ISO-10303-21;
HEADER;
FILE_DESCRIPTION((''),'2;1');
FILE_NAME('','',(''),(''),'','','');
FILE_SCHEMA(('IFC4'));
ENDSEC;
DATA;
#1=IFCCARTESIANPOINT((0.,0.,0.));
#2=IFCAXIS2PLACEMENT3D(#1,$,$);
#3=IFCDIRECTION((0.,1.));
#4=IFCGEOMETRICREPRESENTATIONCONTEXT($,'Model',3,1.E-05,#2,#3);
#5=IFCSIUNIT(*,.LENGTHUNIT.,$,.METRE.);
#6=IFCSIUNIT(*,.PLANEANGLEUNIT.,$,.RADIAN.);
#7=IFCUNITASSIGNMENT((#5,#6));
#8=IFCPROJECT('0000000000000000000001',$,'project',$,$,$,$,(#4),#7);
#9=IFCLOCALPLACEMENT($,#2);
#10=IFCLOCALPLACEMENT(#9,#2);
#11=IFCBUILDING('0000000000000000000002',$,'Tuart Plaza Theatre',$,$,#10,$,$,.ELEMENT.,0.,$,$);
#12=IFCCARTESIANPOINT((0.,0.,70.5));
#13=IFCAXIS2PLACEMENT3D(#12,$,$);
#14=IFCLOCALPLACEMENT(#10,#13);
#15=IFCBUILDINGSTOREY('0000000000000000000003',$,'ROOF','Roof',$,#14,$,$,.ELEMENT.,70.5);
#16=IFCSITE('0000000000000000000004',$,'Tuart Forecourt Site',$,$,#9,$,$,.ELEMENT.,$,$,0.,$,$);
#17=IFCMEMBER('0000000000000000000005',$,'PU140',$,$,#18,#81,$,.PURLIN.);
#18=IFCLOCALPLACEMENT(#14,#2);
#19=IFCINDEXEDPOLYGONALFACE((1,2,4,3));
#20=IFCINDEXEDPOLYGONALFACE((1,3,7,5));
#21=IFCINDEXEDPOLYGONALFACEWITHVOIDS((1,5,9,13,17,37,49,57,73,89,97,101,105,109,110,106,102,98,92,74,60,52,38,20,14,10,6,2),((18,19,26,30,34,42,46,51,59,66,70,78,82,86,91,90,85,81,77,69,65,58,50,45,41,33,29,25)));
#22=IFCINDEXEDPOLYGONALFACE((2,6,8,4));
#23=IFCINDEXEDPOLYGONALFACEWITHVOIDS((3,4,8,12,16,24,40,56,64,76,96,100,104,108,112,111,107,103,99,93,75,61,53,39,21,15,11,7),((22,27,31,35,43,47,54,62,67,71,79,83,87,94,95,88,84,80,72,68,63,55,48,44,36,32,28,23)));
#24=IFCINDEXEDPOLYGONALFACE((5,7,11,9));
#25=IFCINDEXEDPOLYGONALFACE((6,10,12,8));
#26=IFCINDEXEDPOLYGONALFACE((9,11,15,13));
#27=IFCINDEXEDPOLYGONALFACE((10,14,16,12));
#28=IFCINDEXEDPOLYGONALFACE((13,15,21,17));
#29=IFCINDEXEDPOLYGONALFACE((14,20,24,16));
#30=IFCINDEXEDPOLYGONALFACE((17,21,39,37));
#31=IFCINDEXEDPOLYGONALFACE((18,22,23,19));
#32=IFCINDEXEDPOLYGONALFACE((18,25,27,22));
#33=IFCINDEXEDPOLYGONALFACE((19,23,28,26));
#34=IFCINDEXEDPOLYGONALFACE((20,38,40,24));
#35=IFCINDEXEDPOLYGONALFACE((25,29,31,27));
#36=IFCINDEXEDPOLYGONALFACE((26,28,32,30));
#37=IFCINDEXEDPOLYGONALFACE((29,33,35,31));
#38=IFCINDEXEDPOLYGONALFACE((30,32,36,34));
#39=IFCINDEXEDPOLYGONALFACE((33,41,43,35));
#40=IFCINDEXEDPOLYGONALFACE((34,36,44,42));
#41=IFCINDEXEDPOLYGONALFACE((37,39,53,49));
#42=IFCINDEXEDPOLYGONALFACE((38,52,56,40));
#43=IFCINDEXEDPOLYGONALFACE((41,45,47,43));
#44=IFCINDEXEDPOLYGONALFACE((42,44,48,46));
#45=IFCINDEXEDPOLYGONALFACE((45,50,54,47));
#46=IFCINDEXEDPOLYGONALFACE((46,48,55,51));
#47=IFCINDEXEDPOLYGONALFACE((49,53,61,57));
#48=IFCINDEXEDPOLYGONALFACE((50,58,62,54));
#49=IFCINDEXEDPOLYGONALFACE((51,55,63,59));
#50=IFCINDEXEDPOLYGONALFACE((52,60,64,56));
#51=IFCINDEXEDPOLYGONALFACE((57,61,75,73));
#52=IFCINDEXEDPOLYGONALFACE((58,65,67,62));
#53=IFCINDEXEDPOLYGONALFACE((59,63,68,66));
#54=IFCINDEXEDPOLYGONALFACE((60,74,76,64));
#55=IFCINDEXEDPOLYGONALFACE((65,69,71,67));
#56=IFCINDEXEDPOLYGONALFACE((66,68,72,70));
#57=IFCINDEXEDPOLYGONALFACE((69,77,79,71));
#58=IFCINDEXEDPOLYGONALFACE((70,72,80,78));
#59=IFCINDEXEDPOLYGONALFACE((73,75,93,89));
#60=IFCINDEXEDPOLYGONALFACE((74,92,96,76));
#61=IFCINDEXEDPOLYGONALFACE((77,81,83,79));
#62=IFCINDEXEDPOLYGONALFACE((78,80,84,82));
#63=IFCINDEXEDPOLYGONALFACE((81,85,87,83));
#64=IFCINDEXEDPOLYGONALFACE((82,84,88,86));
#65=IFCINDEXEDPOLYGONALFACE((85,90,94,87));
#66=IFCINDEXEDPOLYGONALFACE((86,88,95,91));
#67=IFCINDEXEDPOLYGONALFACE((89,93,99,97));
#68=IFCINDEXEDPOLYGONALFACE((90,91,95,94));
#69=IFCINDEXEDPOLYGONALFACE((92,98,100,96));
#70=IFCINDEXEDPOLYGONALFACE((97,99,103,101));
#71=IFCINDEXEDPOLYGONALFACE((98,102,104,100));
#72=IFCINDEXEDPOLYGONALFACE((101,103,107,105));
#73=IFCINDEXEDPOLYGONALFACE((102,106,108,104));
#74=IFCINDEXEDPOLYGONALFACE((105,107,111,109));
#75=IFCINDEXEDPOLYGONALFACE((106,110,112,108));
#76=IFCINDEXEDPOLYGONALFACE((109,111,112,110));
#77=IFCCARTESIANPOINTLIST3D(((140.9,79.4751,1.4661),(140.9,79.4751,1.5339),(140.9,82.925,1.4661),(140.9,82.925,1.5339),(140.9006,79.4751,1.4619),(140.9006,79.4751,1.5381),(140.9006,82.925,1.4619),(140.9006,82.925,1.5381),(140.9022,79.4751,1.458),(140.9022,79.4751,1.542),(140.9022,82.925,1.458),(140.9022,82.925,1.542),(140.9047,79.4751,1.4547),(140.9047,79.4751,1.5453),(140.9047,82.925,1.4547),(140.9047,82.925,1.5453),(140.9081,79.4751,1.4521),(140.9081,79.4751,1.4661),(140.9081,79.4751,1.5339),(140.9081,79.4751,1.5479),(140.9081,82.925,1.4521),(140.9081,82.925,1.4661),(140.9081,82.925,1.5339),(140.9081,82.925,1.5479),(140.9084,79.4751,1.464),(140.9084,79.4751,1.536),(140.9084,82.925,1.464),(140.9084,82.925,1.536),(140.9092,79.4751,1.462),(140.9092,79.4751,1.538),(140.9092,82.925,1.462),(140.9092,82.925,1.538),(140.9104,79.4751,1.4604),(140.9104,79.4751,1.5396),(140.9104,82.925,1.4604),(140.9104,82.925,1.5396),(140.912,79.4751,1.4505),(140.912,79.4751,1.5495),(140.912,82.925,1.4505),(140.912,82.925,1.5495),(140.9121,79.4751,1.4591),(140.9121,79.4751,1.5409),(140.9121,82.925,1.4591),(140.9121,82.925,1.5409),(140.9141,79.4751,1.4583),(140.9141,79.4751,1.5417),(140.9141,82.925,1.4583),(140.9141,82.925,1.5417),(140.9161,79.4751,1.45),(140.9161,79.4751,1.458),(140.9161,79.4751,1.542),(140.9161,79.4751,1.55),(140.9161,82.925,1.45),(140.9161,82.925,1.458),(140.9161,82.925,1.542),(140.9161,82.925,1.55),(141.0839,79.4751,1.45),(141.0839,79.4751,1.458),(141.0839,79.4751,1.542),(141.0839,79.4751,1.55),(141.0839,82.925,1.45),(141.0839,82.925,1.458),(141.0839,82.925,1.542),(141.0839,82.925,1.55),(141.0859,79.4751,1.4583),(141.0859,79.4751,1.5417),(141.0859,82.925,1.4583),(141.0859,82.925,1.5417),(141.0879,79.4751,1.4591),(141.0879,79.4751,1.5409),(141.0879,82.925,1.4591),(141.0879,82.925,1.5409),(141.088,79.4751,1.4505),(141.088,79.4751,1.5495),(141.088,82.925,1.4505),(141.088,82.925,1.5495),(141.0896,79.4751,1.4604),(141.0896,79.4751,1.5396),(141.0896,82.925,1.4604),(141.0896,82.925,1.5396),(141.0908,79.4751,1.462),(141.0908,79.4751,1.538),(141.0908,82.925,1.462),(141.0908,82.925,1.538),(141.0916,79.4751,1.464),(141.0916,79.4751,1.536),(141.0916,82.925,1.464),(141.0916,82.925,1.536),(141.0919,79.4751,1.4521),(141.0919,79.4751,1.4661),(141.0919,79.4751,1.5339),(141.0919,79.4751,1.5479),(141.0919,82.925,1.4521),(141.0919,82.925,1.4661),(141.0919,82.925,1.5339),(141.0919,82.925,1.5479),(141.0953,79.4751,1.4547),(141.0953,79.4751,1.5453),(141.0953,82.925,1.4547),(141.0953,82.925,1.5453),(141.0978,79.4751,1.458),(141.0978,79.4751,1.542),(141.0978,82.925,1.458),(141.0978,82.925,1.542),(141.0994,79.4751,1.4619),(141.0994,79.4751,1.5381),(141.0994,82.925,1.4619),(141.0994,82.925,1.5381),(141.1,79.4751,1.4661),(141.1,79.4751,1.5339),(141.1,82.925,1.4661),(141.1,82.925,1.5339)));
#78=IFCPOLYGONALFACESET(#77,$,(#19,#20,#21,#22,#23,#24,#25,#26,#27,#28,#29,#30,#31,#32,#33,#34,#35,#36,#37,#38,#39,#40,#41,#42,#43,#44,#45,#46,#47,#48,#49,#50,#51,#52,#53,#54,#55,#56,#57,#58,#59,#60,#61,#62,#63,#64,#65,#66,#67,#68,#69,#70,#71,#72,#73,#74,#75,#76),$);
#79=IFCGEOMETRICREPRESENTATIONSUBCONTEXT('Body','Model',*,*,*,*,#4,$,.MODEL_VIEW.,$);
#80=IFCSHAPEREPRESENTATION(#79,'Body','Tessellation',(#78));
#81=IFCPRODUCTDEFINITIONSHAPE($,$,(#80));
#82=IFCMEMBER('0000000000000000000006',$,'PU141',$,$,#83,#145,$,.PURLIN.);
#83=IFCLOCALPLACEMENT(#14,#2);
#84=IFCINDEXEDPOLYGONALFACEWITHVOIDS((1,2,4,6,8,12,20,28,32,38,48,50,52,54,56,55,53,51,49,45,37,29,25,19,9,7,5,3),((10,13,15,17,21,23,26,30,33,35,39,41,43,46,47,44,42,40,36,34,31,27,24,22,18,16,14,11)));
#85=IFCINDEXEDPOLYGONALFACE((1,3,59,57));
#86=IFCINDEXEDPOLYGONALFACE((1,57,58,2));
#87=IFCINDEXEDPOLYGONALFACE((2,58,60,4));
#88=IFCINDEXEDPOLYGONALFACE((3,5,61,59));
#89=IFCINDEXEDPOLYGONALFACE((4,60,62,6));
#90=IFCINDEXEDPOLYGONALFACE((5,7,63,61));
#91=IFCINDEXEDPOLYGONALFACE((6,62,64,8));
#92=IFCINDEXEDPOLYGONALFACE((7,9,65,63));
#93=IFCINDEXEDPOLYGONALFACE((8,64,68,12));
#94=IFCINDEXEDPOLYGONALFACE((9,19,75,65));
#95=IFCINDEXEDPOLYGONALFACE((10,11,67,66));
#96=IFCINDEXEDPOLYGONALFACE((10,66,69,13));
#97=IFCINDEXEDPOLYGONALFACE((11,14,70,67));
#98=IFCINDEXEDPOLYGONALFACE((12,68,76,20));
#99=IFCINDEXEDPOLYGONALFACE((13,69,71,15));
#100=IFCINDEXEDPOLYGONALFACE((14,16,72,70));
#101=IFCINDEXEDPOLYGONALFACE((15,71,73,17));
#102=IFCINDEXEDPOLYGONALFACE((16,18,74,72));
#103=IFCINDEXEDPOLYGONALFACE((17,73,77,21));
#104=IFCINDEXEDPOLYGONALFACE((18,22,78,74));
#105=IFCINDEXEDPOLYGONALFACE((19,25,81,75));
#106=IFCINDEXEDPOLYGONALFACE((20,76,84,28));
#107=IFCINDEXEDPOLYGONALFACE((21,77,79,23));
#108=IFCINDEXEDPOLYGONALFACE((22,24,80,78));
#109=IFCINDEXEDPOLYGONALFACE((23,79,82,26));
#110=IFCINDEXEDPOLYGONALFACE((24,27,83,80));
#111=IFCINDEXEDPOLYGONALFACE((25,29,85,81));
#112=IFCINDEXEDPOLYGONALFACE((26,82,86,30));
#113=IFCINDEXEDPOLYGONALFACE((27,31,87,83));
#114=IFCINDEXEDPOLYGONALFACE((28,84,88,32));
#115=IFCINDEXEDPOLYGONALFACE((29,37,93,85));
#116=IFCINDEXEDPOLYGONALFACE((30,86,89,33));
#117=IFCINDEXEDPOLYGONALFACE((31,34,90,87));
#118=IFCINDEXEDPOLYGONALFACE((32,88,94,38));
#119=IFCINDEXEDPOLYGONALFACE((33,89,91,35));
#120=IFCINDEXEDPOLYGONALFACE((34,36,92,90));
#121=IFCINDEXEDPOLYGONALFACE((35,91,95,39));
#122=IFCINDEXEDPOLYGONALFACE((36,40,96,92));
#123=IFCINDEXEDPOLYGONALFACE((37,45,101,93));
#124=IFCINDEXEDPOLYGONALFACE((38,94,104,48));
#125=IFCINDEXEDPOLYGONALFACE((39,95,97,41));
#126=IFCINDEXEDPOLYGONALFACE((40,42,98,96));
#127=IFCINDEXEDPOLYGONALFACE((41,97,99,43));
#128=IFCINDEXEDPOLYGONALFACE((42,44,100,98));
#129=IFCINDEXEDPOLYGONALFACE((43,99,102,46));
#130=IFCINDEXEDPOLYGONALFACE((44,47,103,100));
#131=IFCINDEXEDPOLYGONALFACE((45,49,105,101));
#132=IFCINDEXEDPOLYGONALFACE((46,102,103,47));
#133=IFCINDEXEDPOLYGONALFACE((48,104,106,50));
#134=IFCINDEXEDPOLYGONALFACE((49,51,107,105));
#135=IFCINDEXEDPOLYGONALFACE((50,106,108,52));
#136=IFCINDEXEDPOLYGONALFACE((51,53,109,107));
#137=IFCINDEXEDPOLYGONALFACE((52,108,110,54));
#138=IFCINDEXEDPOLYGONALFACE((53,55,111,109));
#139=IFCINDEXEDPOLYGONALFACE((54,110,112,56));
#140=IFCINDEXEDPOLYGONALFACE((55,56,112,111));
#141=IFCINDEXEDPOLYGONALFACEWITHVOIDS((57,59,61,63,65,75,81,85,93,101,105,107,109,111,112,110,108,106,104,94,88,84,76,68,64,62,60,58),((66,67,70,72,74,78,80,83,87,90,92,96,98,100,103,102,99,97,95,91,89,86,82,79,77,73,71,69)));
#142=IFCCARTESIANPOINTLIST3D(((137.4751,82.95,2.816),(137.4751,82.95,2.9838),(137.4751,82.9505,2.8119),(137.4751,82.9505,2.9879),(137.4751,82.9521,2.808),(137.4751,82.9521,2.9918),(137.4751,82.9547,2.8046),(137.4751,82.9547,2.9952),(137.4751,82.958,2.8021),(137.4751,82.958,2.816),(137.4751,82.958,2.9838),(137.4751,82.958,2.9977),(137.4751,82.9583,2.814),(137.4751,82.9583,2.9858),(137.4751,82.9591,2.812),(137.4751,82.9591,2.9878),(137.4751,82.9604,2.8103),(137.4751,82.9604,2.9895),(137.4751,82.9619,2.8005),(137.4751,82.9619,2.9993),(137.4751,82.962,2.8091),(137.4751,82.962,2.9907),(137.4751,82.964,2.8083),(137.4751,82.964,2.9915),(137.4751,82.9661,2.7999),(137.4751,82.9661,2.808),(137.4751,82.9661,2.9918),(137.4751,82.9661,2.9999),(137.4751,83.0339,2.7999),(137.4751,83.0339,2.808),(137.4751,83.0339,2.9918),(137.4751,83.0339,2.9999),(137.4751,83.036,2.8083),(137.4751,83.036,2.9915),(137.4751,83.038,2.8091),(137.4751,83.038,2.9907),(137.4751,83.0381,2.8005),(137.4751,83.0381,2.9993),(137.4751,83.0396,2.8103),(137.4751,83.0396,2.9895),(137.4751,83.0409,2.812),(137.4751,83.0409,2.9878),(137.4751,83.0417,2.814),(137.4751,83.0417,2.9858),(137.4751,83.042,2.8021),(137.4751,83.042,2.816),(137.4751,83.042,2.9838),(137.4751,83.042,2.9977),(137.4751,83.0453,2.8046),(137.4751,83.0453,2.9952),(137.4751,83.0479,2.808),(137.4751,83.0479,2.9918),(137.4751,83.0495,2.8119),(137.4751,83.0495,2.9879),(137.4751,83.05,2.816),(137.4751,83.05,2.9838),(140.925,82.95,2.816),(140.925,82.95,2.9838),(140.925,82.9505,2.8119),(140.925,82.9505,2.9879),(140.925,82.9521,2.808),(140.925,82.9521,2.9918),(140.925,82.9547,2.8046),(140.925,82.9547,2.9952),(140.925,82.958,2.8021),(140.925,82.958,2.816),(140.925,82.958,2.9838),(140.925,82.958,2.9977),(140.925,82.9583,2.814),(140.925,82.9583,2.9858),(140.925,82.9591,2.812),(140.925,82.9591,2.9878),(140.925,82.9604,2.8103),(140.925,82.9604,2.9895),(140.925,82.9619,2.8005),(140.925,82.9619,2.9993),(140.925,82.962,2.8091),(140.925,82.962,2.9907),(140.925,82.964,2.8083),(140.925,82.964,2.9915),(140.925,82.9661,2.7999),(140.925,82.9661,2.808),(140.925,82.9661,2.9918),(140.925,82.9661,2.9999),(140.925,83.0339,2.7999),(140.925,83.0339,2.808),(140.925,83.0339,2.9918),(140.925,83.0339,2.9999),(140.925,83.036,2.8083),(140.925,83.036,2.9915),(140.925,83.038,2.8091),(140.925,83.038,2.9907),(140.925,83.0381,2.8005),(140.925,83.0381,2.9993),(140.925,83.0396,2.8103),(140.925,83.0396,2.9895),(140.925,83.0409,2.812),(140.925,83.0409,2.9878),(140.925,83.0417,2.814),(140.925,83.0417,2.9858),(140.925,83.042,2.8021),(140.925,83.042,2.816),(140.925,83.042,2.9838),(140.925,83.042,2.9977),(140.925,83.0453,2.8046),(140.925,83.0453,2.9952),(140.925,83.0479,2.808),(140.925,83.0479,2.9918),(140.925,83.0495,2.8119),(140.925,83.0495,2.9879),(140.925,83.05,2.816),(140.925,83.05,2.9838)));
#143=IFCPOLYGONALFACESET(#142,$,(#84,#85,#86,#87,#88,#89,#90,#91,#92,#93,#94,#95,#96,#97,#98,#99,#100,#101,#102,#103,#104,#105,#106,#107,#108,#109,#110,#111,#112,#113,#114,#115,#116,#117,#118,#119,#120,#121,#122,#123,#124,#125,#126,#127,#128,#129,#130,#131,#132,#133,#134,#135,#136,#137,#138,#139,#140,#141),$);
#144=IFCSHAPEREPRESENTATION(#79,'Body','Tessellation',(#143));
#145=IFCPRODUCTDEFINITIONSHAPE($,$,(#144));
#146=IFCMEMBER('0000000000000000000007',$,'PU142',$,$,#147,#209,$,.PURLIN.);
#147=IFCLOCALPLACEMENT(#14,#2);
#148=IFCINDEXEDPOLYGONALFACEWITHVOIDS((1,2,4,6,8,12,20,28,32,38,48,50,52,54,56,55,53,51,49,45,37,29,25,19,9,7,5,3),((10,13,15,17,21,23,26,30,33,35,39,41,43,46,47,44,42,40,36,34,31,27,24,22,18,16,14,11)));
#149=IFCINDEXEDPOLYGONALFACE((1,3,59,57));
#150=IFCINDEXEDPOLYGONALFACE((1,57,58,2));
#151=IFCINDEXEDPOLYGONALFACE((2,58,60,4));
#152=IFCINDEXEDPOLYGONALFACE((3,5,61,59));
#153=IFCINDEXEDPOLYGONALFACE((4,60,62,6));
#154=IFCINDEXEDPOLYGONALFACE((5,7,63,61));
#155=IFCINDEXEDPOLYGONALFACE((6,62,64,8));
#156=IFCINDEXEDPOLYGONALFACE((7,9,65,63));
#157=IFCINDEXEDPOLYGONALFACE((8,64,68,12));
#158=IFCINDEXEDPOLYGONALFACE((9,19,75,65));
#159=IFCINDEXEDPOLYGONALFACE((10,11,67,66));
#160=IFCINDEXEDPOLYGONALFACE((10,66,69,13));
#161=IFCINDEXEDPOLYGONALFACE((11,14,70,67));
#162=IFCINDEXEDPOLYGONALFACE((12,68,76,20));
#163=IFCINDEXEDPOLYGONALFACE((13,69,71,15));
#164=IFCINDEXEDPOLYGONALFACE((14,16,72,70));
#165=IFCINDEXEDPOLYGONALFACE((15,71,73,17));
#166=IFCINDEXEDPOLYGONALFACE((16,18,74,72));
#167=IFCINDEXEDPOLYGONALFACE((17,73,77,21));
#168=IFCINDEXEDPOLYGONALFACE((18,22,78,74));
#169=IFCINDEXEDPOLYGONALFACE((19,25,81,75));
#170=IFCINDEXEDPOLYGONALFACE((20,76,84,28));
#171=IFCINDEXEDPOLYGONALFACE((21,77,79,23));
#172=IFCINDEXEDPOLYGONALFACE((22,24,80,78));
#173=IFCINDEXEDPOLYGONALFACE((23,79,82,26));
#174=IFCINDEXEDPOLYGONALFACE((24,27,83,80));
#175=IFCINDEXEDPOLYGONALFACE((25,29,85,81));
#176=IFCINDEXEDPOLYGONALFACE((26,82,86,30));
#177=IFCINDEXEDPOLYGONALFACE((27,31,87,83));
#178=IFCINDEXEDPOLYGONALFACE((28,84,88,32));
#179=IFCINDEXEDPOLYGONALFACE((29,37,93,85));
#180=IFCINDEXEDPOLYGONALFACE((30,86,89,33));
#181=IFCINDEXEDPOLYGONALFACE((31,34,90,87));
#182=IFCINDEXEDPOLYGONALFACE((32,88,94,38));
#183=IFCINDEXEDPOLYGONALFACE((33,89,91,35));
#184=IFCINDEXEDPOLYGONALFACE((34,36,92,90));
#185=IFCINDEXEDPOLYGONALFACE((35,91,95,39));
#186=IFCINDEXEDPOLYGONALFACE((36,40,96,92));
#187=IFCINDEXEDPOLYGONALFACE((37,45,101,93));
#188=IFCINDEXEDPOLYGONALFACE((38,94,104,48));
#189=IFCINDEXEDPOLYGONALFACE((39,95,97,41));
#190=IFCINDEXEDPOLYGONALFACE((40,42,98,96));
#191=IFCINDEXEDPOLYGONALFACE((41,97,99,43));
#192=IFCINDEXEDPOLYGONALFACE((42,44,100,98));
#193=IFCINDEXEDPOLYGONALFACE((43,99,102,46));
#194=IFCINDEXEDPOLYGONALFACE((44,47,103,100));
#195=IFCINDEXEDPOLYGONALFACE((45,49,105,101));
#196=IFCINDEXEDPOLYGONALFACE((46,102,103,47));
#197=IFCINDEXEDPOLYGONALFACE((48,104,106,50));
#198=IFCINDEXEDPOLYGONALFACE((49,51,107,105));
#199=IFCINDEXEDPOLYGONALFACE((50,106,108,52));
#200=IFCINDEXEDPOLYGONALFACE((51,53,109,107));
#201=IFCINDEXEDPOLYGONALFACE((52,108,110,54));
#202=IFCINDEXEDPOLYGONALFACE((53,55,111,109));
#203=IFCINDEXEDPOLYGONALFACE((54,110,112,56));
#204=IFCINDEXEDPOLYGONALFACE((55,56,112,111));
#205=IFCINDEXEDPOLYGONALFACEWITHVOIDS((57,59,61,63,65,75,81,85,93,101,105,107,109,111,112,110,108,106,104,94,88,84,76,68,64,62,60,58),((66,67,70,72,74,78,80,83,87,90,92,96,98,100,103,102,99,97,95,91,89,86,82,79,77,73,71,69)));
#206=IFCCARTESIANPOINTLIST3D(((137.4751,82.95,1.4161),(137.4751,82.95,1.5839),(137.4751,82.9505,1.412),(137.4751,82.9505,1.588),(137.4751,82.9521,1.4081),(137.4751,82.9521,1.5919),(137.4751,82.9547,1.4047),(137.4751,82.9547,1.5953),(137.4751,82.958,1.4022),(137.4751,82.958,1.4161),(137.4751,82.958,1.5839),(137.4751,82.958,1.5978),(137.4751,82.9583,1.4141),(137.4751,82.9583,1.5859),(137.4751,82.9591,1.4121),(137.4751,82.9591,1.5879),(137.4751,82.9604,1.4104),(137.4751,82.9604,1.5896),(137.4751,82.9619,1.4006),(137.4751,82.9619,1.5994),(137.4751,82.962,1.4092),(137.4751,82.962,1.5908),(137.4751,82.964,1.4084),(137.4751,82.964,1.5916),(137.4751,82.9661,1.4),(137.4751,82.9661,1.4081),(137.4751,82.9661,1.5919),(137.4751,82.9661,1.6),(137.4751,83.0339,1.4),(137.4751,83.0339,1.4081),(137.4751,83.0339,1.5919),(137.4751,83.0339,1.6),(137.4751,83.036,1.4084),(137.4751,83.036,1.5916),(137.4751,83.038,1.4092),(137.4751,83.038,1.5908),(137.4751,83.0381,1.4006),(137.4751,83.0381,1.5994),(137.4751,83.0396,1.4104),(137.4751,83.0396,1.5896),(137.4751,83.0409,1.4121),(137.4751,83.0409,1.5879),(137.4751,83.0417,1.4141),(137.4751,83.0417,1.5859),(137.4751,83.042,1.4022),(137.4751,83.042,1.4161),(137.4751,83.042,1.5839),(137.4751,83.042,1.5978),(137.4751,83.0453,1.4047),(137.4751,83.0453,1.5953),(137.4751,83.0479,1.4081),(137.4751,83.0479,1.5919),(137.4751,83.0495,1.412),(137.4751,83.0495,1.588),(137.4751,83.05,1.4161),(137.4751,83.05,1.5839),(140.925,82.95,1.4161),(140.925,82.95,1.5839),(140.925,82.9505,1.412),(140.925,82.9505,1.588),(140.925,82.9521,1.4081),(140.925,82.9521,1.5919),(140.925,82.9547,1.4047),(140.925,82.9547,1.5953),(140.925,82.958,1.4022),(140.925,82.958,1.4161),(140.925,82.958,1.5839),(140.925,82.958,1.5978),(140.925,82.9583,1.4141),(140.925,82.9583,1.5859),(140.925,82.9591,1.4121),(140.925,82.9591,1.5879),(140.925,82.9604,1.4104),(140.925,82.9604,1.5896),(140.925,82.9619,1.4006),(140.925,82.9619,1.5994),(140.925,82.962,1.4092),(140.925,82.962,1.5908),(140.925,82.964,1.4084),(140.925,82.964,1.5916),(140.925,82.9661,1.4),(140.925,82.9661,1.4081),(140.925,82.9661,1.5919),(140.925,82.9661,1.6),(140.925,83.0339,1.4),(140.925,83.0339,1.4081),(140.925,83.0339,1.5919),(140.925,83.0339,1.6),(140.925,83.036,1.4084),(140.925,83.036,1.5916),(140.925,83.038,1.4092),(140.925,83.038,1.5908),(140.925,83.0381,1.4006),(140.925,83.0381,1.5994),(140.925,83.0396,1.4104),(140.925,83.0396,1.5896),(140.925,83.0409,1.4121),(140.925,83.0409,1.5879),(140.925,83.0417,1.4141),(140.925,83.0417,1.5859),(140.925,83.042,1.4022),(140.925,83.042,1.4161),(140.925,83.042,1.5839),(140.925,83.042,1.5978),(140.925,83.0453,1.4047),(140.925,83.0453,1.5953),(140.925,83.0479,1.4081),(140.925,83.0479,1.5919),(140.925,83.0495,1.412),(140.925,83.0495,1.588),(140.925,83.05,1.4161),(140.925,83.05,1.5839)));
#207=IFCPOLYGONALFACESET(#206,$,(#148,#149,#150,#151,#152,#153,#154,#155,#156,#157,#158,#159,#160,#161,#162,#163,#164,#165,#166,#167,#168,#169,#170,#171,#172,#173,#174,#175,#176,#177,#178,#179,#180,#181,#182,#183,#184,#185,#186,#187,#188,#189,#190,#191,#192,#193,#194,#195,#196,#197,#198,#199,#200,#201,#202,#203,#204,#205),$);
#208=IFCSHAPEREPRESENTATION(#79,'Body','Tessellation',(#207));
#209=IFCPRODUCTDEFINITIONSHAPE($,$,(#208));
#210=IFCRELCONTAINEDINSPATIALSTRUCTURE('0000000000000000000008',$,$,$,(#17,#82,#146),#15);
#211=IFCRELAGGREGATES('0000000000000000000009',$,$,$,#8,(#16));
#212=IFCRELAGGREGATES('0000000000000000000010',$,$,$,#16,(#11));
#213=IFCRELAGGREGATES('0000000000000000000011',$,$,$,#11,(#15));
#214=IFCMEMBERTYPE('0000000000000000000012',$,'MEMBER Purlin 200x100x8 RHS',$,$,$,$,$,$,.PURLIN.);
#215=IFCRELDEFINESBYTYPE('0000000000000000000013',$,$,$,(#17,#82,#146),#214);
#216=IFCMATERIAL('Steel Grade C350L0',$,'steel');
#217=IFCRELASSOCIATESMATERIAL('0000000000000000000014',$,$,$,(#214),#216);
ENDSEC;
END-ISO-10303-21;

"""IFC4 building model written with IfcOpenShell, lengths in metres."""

from ifc_helpers import new_model, si_unit, direction, frame, origin, origin_2d, place, context, subcontext, project, spatial, hollow_rectangle, extrude, material, material_profile, profile_set, type_object, element, save


model = new_model("IFC4")

# Units and contexts
model_context = context("Model", 3, precision=1e-05, world=origin(), true_north=direction((0.0, 1.0)))
body_context = subcontext(model_context, "Body", "Model", "MODEL_VIEW")
ifc_project = project(units=[si_unit("LENGTHUNIT", "METRE"), si_unit("PLANEANGLEUNIT", "RADIAN")], contexts=[model_context])

# Site, building, storey
site_placement = place(None, origin())
site = spatial("IfcSite", under=ifc_project, at=site_placement, Name="Tuart Forecourt Site", CompositionType="ELEMENT", RefElevation=0.0)
building_placement = place(site_placement, origin())
building = spatial("IfcBuilding", under=site, at=building_placement, Name="Tuart Plaza Theatre", CompositionType="ELEMENT", ElevationOfRefHeight=0.0)
storey_placement = place(building_placement, frame((0.0, 0.0, 70.5)))
storey = spatial("IfcBuildingStorey", under=building, at=storey_placement, Name="ROOF", Description="Roof", CompositionType="ELEMENT", Elevation=70.5)

# Members
ifc_material_1 = material(Name="Steel Grade C350L0", Category="steel")
ifc_material_profile_1 = material_profile(ifc_material_1, hollow_rectangle(XDim=0.1001, YDim=0.2, WallThickness=0.0081, InnerFilletRadius=0.0081, OuterFilletRadius=0.0161, at=origin_2d()), Name="200x100x8 RHS")
ifc_profile_set_1 = profile_set([ifc_material_profile_1], Name="Steel Grade C350L0")
member_type = type_object("IfcMemberType", Name="MEMBER Purlin 200x100x8 RHS", PredefinedType="PURLIN", material=ifc_profile_set_1)
for number, where, z_axis, x_axis, name in (
    (1, (141.0, 79.4751, 1.5), (0.0, 1.0, 0.0), (0.0, 0.0, 1.0), "PU140"),
    (2, (140.925, 83.0, 2.8999), (-1.0, 0.0, 0.0), (0.0, -1.0, 0.0), "PU141"),
    (3, (140.925, 83.0, 1.5), (-1.0, 0.0, 0.0), (0.0, -1.0, 0.0), "PU142"),
):
    element("IfcMember", number, at=place(storey_placement, frame(where, z_axis=z_axis, x_axis=x_axis)), inside=storey, type_object=member_type, Name=name, PredefinedType="PURLIN", context=body_context, shape_type="SweptSolid", body=[
        extrude(hollow_rectangle(XDim=0.1001, YDim=0.2, WallThickness=0.0081, InnerFilletRadius=0.0081, OuterFilletRadius=0.0161, at=origin_2d()), origin(), (0.0, 0.0, 1.0), 3.45),
    ])

save(model, "model.ifc")
